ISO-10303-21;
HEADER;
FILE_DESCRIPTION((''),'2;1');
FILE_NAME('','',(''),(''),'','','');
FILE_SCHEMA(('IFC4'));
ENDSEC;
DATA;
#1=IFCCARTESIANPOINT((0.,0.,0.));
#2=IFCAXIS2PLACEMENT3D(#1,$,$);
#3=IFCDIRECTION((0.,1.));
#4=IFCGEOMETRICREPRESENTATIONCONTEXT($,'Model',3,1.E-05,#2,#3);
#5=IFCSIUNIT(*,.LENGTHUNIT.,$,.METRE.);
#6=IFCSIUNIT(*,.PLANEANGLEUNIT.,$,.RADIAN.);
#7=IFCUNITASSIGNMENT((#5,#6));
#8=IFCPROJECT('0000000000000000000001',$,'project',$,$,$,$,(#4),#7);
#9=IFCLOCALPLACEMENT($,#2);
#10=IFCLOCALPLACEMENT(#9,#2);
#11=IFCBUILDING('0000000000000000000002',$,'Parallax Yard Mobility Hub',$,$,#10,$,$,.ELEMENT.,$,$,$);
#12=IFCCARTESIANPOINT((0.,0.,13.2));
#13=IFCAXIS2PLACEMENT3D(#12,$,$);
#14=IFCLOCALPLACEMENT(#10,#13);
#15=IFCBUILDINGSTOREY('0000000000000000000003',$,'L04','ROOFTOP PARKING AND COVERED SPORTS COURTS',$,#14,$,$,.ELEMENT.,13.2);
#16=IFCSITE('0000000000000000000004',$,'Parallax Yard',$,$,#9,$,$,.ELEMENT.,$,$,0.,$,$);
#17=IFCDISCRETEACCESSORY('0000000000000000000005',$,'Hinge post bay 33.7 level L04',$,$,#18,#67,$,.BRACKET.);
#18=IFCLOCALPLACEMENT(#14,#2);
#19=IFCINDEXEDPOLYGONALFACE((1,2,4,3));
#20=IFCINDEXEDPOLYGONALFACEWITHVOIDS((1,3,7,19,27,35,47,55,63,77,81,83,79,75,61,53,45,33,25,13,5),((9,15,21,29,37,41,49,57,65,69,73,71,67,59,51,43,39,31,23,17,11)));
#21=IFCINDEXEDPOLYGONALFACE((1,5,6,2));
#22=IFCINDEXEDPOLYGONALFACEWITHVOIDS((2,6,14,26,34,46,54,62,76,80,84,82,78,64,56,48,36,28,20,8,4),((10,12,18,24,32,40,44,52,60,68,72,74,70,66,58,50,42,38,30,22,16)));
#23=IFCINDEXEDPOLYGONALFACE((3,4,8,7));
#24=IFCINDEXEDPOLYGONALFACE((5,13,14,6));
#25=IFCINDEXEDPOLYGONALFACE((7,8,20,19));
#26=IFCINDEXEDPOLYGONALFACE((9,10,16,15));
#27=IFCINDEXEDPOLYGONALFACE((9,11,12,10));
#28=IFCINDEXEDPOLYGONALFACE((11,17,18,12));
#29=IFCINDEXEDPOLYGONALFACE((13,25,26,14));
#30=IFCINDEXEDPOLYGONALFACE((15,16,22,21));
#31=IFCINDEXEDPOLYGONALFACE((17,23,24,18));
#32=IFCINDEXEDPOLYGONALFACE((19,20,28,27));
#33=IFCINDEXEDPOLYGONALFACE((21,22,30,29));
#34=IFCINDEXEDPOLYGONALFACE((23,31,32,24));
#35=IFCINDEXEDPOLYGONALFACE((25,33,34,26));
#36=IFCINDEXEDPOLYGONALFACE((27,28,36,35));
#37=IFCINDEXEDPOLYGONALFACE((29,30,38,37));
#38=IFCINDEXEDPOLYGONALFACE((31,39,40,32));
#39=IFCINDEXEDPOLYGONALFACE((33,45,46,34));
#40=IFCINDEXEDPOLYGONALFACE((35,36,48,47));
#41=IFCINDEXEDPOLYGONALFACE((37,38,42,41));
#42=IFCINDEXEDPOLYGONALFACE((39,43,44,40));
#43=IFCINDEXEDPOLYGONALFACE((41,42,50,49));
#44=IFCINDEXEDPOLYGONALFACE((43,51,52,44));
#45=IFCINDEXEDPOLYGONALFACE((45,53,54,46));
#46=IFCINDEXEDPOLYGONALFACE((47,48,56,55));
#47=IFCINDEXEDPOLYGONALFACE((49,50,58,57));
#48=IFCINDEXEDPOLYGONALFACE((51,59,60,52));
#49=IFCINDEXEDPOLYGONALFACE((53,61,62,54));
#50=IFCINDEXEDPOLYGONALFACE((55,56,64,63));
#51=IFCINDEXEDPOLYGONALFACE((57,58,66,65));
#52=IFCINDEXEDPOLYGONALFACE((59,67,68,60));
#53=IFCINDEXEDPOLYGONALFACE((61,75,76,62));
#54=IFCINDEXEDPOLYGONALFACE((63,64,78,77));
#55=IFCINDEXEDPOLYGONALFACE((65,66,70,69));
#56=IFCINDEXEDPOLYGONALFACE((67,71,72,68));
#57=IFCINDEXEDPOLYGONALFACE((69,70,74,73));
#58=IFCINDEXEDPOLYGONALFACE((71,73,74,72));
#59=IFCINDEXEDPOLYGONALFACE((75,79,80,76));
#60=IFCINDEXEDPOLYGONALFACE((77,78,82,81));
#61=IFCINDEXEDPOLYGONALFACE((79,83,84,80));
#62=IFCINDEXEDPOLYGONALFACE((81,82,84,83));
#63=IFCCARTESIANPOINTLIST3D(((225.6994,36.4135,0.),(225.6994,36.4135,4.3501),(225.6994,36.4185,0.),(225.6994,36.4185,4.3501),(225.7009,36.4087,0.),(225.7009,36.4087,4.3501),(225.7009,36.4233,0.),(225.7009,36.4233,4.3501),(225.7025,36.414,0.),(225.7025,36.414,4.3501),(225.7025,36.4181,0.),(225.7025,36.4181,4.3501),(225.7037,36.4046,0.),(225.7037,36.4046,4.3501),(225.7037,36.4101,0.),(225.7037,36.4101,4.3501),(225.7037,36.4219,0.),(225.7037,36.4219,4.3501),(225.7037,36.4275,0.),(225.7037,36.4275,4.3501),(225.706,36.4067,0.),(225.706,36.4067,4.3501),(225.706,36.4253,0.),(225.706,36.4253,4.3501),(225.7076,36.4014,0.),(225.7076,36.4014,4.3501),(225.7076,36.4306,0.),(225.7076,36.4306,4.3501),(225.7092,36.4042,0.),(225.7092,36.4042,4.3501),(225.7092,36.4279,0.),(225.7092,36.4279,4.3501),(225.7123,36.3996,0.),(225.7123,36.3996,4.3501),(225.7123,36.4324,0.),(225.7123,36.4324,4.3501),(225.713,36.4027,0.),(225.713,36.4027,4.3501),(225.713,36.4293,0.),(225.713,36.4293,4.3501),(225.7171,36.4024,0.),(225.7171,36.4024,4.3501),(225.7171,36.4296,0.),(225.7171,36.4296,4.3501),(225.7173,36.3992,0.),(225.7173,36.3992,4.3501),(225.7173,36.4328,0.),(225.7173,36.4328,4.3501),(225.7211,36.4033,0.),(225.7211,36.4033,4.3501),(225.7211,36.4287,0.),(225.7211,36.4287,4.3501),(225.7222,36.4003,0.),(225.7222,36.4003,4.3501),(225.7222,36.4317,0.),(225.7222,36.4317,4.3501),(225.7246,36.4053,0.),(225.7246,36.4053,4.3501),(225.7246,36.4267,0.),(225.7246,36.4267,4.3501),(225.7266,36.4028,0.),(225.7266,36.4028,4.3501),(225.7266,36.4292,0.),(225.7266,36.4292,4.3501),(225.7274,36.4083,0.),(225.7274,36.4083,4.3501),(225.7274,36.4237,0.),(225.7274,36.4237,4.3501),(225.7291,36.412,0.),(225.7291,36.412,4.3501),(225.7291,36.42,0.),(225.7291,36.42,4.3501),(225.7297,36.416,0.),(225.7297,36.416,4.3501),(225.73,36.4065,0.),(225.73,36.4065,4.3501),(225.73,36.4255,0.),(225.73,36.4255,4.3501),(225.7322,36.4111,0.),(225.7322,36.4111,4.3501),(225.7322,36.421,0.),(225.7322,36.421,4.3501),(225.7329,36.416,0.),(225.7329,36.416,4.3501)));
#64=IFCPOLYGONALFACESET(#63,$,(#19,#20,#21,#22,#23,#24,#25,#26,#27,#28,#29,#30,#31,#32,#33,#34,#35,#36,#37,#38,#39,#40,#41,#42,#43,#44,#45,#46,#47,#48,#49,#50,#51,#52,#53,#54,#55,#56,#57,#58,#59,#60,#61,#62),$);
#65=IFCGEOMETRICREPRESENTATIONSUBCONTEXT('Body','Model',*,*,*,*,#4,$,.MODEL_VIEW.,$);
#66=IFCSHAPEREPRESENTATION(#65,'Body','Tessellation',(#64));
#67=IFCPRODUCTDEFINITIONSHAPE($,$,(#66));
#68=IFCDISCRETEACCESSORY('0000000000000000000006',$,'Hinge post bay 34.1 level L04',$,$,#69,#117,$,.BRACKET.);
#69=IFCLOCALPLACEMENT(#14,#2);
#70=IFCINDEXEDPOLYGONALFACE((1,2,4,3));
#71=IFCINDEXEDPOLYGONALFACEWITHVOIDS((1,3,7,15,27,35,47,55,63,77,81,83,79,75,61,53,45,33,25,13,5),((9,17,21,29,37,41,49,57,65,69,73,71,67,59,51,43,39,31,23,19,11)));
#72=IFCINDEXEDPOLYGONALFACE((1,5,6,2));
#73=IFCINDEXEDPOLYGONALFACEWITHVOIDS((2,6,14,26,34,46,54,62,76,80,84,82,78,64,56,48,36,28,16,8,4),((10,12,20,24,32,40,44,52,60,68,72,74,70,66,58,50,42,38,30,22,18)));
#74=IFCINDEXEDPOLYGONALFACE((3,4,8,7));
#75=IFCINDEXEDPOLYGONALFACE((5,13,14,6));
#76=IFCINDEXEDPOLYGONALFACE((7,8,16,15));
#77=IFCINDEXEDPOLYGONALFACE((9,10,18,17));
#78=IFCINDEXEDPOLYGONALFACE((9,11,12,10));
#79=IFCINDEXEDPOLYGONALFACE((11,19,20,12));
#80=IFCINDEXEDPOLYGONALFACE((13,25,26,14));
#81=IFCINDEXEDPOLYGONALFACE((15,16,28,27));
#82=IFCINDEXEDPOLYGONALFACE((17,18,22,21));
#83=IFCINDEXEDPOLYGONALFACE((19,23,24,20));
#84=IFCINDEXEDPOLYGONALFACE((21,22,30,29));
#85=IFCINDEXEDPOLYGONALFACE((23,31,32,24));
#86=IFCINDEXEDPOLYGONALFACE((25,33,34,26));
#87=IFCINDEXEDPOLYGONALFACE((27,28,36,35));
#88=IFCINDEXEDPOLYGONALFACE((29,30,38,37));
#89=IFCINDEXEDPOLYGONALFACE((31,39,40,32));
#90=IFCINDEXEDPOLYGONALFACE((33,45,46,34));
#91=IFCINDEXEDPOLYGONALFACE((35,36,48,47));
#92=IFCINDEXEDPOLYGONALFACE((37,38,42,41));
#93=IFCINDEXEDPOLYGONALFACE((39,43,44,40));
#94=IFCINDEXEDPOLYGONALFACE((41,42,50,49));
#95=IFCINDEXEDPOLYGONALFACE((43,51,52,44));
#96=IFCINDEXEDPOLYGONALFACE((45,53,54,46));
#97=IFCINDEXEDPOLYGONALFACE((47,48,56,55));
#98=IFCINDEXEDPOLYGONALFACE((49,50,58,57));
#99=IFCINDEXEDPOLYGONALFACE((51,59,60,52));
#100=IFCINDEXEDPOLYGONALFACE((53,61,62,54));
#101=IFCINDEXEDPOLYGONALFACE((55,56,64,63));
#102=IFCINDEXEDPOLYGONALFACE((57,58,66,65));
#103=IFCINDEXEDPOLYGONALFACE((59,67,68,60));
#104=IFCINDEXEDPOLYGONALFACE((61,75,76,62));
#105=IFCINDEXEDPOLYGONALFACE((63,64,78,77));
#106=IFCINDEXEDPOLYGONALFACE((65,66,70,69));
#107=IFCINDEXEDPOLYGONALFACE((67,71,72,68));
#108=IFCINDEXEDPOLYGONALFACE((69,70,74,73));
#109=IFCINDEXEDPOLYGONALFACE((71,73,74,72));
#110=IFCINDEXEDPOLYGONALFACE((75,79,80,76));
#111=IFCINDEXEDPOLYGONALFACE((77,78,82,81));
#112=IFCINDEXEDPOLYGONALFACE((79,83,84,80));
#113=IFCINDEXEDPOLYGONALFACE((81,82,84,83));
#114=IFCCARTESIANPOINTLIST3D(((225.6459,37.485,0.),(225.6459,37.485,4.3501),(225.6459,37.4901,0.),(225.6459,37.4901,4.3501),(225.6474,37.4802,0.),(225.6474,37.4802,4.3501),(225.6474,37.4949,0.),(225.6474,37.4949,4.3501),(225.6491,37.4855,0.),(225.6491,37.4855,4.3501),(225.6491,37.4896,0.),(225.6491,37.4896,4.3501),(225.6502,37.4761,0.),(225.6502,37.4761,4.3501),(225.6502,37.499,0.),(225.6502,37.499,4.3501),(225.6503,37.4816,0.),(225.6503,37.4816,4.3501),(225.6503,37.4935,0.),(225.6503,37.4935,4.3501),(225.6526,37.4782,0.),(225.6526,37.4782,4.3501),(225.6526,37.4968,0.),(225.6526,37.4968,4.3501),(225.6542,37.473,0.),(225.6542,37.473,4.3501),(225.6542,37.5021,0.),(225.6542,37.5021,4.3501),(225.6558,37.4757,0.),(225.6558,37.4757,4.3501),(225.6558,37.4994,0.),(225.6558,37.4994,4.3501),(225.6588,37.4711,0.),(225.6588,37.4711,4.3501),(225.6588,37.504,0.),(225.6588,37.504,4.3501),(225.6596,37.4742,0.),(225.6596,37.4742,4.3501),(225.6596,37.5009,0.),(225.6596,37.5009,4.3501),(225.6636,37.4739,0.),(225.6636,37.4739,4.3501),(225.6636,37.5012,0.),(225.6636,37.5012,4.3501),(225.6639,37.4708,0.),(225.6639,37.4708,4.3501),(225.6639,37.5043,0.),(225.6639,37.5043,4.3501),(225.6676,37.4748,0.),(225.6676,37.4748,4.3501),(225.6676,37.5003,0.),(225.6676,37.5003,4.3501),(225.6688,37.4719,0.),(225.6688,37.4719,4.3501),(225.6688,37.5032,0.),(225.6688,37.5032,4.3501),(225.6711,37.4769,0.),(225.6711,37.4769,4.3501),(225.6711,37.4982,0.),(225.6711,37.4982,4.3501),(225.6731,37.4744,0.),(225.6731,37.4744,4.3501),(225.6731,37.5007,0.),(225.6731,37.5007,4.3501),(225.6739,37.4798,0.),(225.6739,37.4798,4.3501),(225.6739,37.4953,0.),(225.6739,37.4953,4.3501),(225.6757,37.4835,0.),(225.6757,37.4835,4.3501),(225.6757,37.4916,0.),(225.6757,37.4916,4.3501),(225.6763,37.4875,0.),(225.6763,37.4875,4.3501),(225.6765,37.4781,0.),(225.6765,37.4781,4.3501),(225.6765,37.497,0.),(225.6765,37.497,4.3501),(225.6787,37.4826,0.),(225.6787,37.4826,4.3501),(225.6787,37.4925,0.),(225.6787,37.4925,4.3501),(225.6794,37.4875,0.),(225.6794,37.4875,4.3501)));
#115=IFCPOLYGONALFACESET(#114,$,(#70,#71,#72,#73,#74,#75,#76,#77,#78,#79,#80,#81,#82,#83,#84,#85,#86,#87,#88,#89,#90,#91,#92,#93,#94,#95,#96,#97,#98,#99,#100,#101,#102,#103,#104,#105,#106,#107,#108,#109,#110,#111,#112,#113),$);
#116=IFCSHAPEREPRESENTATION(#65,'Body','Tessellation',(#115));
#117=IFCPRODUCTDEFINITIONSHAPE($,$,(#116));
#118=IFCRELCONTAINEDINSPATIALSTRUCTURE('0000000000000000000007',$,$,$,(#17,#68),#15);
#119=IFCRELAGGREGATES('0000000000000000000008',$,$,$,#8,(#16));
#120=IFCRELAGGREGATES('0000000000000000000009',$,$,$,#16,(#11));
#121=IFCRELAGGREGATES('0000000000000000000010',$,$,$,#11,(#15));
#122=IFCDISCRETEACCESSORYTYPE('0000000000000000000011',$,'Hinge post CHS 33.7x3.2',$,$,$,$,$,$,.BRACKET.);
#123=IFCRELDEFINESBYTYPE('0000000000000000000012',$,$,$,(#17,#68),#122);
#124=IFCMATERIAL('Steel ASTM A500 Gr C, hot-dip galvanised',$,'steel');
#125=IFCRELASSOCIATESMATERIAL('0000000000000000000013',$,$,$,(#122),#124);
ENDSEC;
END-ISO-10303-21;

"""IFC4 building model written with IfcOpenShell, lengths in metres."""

from ifc_helpers import new_model, si_unit, direction, frame, origin, origin_2d, place, context, subcontext, project, spatial, hollow_circle, extrude, material, material_profile, profile_set, type_object, element, save


model = new_model("IFC4")

# Units and contexts
model_context = context("Model", 3, precision=1e-05, world=origin(), true_north=direction((0.0, 1.0)))
body_context = subcontext(model_context, "Body", "Model", "MODEL_VIEW")
ifc_project = project(units=[si_unit("LENGTHUNIT", "METRE"), si_unit("PLANEANGLEUNIT", "RADIAN")], contexts=[model_context])

# Site, building, storey
site_placement = place(None, origin())
site = spatial("IfcSite", under=ifc_project, at=site_placement, Name="Parallax Yard", CompositionType="ELEMENT", RefElevation=0.0)
building_placement = place(site_placement, origin())
building = spatial("IfcBuilding", under=site, at=building_placement, Name="Parallax Yard Mobility Hub", CompositionType="ELEMENT")
storey_placement = place(building_placement, frame((0.0, 0.0, 13.2)))
storey = spatial("IfcBuildingStorey", under=building, at=storey_placement, Name="L04", Description="ROOFTOP PARKING AND COVERED SPORTS COURTS", CompositionType="ELEMENT", Elevation=13.2)

# Discrete accessories
ifc_material_1 = material(Name="Steel ASTM A500 Gr C, hot-dip galvanised", Category="steel")
ifc_material_profile = material_profile(ifc_material_1, hollow_circle(Radius=0.0168, WallThickness=0.0032, at=origin_2d()), Name="CHS 33.7x3.2")
ifc_profile_set = profile_set([ifc_material_profile], Name="Steel ASTM A500 Gr C, hot-dip galvanised")
discrete_accessory_type_1 = type_object("IfcDiscreteAccessoryType", Name="Hinge post CHS 33.7x3.2", PredefinedType="BRACKET", material=ifc_profile_set)
for number, where, z_axis, x_axis, name in (
    (1, (225.7161, 36.416, 0.0), (0.0, 0.0, 1.0), (1.0, 0.0, 0.0), "Hinge post bay 33.7 level L04"),
    (2, (225.6626, 37.4875, 0.0), (0.0, 0.0, 1.0), (1.0, 0.0, 0.0), "Hinge post bay 34.1 level L04"),
):
    element("IfcDiscreteAccessory", number, at=place(storey_placement, frame(where, z_axis=z_axis, x_axis=x_axis)), inside=storey, type_object=discrete_accessory_type_1, Name=name, PredefinedType="BRACKET", context=body_context, shape_type="SweptSolid", body=[
        extrude(hollow_circle(Radius=0.0168, WallThickness=0.0032, at=origin_2d()), origin(), (0.0, 0.0, 1.0), 4.3501),
    ])

save(model, "model.ifc")
